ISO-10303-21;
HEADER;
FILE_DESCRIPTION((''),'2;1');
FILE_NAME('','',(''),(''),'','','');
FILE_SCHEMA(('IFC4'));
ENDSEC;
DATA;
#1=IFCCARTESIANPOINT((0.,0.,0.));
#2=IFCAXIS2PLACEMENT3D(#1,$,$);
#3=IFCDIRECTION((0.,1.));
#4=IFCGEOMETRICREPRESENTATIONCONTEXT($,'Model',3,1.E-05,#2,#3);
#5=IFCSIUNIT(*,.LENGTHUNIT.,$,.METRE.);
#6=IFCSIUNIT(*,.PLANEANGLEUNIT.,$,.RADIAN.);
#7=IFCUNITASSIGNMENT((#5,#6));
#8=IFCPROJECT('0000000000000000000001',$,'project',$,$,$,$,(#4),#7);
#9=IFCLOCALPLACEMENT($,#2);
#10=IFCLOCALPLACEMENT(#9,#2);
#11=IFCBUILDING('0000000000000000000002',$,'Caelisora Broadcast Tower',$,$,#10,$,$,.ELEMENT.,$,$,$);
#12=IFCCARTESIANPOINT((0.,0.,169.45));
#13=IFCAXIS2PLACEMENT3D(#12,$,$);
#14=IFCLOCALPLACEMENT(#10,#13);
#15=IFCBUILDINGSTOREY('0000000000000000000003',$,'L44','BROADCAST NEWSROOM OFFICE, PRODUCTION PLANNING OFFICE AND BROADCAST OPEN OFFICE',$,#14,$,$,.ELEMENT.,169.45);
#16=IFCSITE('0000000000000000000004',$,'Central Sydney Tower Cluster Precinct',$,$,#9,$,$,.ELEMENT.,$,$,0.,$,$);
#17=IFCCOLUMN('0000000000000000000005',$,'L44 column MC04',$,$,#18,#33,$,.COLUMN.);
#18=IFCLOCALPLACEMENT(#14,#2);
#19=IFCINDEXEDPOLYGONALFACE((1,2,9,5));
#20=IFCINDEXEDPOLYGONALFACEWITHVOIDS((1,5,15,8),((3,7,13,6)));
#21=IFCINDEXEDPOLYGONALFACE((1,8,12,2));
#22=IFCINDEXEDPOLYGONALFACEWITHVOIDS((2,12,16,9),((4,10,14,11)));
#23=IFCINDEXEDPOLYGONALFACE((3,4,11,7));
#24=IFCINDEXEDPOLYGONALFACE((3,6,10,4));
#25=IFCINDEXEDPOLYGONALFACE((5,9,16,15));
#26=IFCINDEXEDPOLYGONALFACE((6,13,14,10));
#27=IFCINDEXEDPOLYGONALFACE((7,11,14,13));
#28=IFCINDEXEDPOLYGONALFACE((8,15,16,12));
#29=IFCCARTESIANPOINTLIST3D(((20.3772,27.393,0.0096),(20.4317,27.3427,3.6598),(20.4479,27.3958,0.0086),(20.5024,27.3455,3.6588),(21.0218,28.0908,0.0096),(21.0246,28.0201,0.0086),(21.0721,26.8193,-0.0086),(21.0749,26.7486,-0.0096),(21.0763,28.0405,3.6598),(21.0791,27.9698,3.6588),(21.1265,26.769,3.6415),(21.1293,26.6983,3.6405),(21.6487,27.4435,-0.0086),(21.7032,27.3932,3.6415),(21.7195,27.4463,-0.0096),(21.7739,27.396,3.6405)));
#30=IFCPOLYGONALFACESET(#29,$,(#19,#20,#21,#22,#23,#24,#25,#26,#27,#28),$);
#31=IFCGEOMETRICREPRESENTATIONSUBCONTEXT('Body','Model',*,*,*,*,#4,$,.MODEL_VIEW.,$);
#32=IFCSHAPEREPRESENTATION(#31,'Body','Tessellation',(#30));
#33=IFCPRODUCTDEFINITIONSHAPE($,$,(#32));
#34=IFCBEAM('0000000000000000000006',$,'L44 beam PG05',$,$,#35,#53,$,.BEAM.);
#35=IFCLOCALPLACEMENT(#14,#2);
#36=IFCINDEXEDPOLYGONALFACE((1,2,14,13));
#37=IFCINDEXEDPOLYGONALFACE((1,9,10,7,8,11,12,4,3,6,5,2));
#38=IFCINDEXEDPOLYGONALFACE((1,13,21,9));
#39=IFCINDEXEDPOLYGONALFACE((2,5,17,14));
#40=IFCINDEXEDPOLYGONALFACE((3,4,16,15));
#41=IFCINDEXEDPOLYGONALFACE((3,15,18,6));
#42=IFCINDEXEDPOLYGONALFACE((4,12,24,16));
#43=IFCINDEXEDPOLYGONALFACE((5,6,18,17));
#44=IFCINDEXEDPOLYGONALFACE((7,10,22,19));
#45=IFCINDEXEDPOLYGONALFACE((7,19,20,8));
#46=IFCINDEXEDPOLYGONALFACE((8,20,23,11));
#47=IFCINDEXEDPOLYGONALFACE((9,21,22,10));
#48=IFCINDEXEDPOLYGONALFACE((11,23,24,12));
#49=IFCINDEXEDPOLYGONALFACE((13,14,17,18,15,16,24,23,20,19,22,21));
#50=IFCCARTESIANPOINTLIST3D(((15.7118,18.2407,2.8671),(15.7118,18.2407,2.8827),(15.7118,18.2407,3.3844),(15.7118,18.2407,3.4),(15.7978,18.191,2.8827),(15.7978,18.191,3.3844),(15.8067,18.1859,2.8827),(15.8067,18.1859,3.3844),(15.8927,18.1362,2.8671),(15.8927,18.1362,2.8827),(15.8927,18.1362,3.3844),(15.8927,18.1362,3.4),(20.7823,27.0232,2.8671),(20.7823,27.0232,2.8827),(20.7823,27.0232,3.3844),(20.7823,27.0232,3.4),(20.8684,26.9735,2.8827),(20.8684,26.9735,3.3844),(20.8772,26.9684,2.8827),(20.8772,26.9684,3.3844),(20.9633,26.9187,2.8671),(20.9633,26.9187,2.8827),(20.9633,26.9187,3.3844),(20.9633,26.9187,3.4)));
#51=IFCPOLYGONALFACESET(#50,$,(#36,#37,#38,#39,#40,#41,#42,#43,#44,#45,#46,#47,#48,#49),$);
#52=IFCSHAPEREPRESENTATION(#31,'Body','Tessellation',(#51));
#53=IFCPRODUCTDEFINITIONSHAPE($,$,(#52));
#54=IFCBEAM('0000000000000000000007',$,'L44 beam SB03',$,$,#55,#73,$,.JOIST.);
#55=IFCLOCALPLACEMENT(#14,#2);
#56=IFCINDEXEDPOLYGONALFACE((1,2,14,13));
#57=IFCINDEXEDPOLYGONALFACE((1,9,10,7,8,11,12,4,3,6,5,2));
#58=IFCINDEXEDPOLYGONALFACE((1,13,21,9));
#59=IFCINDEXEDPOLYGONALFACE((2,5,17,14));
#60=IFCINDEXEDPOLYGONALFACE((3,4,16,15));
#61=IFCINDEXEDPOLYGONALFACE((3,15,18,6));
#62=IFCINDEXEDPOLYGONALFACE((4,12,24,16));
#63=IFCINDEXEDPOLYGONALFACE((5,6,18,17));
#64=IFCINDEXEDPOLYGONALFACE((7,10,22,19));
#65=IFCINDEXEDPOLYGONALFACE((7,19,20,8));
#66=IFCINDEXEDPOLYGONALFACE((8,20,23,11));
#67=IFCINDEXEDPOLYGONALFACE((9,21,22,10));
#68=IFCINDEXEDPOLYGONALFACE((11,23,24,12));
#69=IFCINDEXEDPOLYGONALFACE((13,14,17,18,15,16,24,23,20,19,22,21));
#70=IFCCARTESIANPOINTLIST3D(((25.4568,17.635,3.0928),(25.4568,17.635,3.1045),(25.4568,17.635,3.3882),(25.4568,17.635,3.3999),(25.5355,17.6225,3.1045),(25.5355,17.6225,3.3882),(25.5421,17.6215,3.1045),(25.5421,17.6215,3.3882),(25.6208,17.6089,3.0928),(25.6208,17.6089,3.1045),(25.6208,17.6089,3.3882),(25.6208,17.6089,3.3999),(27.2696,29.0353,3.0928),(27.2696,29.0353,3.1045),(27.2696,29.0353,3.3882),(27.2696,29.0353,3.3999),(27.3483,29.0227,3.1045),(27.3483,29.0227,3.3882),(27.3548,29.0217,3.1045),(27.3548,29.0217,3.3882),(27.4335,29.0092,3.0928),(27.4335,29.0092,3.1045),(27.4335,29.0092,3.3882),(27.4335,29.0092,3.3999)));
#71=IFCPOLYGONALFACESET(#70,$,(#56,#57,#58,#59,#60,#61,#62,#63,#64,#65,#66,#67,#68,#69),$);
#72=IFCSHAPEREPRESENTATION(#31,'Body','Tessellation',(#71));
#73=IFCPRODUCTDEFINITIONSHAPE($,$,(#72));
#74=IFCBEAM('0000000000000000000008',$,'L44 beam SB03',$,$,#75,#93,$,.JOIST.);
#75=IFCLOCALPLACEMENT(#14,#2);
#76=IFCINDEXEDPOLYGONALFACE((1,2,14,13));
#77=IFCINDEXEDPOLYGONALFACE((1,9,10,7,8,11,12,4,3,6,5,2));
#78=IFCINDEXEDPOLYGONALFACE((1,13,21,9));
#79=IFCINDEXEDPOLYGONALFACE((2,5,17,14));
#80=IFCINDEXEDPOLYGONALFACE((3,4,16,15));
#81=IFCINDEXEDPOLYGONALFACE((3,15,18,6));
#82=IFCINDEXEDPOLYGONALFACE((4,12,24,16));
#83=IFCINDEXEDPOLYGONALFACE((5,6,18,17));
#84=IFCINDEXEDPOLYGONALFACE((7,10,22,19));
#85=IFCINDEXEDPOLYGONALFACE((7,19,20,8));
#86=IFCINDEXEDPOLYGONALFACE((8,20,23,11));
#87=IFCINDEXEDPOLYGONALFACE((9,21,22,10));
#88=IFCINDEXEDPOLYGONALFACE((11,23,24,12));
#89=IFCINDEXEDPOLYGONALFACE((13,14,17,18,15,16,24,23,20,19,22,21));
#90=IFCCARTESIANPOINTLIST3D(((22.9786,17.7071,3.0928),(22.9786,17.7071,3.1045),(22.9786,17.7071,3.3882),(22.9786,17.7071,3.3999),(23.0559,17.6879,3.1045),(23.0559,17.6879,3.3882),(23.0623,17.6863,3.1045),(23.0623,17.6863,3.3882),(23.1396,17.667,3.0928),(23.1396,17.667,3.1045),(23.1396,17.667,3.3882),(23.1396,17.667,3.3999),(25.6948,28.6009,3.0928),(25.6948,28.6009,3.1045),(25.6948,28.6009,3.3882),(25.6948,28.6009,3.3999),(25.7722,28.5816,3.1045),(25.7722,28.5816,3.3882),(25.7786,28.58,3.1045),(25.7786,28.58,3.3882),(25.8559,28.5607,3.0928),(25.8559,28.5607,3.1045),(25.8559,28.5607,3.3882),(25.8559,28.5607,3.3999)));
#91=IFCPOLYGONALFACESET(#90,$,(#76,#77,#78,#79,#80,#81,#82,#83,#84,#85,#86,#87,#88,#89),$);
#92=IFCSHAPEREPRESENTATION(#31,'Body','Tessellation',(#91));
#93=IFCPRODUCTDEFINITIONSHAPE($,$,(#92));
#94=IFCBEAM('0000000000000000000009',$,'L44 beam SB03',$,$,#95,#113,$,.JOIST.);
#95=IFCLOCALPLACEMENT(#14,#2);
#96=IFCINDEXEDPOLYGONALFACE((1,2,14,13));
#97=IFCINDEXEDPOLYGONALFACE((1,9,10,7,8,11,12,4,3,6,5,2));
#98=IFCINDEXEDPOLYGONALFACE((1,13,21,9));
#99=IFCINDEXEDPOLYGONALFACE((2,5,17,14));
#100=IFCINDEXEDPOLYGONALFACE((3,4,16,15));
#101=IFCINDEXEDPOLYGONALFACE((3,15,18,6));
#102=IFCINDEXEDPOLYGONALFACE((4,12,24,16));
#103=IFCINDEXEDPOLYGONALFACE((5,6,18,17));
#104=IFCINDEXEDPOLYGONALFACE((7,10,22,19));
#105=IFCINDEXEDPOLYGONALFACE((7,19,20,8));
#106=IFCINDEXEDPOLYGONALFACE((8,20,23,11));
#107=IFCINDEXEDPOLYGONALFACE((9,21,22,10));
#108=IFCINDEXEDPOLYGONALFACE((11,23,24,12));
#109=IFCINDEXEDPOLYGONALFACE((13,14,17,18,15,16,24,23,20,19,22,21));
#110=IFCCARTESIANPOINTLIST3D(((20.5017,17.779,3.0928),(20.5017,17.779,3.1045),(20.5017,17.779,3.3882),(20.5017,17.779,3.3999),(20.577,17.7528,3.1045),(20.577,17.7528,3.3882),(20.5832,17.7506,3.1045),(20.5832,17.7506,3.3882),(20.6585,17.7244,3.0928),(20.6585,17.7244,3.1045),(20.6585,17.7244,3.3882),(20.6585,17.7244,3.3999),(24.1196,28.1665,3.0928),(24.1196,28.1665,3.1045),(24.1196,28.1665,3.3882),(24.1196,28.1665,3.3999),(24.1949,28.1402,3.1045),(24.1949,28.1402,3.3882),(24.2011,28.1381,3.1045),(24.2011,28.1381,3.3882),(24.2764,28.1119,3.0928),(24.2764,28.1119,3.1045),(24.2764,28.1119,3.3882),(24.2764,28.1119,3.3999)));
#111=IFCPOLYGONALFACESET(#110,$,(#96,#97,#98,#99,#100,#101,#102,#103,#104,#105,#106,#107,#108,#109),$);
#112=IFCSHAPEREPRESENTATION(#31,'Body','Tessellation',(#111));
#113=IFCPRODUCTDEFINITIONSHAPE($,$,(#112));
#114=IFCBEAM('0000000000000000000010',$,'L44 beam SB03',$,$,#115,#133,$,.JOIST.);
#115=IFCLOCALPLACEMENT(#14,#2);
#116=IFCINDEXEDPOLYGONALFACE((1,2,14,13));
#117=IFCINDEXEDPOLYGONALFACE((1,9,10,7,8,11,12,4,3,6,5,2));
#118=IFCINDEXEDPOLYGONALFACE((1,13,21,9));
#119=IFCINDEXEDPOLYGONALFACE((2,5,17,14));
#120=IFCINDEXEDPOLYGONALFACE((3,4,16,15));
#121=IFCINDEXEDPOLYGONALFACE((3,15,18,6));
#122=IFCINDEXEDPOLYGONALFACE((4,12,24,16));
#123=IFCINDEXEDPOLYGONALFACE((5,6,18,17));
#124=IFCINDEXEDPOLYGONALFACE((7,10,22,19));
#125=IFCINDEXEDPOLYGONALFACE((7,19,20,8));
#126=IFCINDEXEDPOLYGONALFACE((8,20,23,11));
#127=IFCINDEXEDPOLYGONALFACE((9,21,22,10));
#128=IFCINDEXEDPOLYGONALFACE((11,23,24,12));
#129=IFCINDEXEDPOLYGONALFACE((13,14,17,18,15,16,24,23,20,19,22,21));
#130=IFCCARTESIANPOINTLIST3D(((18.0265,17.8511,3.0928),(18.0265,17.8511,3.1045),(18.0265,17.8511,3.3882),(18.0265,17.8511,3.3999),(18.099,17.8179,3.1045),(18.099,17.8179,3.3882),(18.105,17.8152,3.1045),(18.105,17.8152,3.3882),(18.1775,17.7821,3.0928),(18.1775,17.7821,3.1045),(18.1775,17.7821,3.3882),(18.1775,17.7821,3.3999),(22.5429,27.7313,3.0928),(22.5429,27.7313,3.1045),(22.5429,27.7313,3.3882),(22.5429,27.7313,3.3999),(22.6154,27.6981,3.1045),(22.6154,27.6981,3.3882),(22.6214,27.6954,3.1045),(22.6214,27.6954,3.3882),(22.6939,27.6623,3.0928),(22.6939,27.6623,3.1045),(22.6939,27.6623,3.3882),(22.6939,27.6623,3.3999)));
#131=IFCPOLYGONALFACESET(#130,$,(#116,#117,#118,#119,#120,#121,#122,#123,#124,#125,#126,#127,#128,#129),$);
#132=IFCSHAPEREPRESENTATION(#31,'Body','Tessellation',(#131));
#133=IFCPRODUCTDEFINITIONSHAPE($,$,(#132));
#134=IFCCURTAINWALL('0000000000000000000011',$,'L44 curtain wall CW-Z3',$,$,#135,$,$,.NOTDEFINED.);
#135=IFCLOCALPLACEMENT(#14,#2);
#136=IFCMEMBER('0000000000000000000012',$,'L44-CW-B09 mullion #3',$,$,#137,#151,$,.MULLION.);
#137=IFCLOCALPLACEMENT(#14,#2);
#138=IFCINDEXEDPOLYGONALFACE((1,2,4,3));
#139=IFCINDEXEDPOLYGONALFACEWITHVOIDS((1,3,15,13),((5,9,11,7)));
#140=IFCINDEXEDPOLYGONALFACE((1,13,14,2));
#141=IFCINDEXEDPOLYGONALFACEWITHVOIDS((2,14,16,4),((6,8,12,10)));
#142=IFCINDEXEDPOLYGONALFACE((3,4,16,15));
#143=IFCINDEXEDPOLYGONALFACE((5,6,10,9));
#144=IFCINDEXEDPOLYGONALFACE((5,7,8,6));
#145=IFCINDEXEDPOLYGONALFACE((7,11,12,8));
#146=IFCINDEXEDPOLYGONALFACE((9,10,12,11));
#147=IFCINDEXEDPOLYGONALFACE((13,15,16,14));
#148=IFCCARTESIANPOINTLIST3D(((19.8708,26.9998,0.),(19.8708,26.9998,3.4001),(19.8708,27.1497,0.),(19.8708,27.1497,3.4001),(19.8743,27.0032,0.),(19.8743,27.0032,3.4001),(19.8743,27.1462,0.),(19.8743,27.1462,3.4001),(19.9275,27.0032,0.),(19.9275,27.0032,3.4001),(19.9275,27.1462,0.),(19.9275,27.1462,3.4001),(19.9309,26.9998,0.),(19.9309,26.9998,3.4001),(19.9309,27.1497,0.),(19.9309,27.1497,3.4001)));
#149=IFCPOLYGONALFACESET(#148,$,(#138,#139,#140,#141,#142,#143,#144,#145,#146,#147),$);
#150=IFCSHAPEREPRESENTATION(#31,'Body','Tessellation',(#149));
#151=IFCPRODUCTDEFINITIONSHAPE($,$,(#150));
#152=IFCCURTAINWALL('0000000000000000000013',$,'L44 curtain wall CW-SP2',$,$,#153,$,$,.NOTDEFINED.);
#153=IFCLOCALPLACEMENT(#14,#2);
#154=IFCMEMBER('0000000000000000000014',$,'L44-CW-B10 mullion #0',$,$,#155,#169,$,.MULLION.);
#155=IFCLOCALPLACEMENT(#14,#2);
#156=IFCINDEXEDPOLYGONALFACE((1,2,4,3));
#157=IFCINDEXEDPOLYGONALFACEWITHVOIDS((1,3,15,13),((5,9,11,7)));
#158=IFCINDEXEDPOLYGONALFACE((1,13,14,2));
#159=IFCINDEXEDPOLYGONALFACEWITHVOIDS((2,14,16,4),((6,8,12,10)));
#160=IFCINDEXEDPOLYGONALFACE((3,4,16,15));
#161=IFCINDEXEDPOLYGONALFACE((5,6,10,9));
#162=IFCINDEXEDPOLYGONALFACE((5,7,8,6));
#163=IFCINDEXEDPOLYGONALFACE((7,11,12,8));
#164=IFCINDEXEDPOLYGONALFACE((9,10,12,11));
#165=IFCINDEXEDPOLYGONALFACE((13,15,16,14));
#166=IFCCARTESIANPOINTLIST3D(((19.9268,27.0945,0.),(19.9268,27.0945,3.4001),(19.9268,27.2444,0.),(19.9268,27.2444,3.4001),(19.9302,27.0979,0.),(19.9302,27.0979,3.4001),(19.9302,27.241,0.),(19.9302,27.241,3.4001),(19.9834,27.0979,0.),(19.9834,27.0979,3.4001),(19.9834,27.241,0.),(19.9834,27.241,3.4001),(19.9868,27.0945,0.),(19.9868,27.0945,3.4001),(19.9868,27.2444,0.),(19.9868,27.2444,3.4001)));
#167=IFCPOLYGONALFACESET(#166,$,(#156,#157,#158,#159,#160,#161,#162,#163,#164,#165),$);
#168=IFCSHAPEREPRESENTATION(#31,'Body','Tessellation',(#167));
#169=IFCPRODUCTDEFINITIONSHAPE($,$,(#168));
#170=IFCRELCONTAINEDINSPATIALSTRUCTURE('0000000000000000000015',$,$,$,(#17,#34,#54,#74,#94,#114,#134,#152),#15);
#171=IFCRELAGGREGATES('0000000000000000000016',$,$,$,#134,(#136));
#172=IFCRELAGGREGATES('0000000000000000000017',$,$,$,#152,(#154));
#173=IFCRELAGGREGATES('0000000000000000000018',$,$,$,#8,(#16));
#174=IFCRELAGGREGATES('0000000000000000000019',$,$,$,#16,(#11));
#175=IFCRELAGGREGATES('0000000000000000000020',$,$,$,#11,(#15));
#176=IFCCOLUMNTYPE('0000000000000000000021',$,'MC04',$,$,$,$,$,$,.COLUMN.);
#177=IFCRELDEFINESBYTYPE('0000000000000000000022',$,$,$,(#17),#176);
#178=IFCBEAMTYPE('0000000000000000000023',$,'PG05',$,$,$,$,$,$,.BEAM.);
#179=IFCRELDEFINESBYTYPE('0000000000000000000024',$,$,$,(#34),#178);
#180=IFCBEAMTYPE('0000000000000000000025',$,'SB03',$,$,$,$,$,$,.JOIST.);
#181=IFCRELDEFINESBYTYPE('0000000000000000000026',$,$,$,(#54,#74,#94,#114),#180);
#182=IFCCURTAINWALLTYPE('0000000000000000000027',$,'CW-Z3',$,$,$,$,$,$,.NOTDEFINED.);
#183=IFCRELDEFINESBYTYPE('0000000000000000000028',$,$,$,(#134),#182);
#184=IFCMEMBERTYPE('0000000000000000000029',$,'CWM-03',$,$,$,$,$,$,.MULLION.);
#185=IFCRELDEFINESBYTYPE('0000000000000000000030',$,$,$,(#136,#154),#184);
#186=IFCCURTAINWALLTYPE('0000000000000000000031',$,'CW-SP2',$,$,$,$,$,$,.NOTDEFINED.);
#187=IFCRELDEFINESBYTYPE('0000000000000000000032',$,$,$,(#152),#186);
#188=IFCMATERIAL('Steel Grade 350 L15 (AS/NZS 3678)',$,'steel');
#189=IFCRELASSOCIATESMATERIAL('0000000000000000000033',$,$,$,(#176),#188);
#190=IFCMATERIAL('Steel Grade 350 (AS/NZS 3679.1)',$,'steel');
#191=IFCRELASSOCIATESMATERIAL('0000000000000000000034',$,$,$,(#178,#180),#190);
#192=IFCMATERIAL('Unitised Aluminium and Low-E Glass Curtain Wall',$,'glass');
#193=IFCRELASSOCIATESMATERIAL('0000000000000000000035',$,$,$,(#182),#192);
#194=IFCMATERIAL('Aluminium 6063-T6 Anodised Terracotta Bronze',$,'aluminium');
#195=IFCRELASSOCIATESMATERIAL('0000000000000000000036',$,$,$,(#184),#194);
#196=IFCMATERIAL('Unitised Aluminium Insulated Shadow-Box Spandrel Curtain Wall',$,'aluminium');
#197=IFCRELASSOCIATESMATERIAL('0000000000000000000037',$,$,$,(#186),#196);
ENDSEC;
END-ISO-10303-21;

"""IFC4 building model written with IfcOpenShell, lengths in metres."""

from ifc_helpers import new_model, si_unit, direction, frame, origin, origin_2d, place, context, subcontext, project, spatial, hollow_rectangle, i_section, extrude, source, transform, mapped, material, material_profile, profile_set, type_object, type_shapes, element, aggregate, save


model = new_model("IFC4")

# Units and contexts
model_context = context("Model", 3, precision=1e-05, world=origin(), true_north=direction((0.0, 1.0)))
body_context = subcontext(model_context, "Body", "Model", "MODEL_VIEW")
ifc_project = project(units=[si_unit("LENGTHUNIT", "METRE"), si_unit("PLANEANGLEUNIT", "RADIAN")], contexts=[model_context])

# Site, building, storey
site_placement = place(None, origin())
site = spatial("IfcSite", under=ifc_project, at=site_placement, Name="Central Sydney Tower Cluster Precinct", CompositionType="ELEMENT", RefElevation=0.0)
building_placement = place(site_placement, origin())
building = spatial("IfcBuilding", under=site, at=building_placement, Name="Caelisora Broadcast Tower", CompositionType="ELEMENT")
storey_placement = place(building_placement, frame((0.0, 0.0, 169.45)))
storey = spatial("IfcBuildingStorey", under=building, at=storey_placement, Name="L44", Description="BROADCAST NEWSROOM OFFICE, PRODUCTION PLANNING OFFICE AND BROADCAST OPEN OFFICE", CompositionType="ELEMENT", Elevation=169.45)

# Column
ifc_material_1 = material(Name="Steel Grade 350 L15 (AS/NZS 3678)", Category="steel")
ifc_material_profile_1 = material_profile(ifc_material_1, hollow_rectangle(XDim=0.95, YDim=0.95, WallThickness=0.05, at=origin_2d()), Name="Steel Grade 350 L15 (AS/NZS 3678)")
ifc_profile_set_1 = profile_set([ifc_material_profile_1], Name="Steel Grade 350 L15 (AS/NZS 3678)")
column_type = type_object("IfcColumnType", Name="MC04", PredefinedType="COLUMN", material=ifc_profile_set_1)
shared_shape_1 = source(origin(), body_context, "Body", "SweptSolid", [
    extrude(hollow_rectangle(XDim=0.95, YDim=0.95, WallThickness=0.05, at=origin_2d()), origin(), (0.0, 0.0, 1.0), 3.6509),
])
type_shapes(column_type, [shared_shape_1])
column_placement = place(storey_placement, frame((21.0483, 27.4197, 0.0), z_axis=(0.014912, -0.013776, 0.999794), x_axis=(0.678554, 0.734551, 0.0)))
element("IfcColumn", 1, at=column_placement, inside=storey, type_object=column_type, Name="L44 column MC04", PredefinedType="COLUMN", context=body_context, shape_type="MappedRepresentation", body=[
    mapped(shared_shape_1, transform((0.0, 0.0, 0.0), scale=1.0)),
])

# Beams
ifc_material_2 = material(Name="Steel Grade 350 (AS/NZS 3679.1)", Category="steel")
ifc_material_profile_2 = material_profile(ifc_material_2, i_section(OverallWidth=0.209, OverallDepth=0.533, WebThickness=0.0103, FlangeThickness=0.0156, at=origin_2d()), Name="Steel Grade 350 (AS/NZS 3679.1)")
ifc_profile_set_2 = profile_set([ifc_material_profile_2], Name="Steel Grade 350 (AS/NZS 3679.1)")
beam_type_1 = type_object("IfcBeamType", Name="PG05", PredefinedType="BEAM", material=ifc_profile_set_2)
shared_shape_2 = source(origin(), body_context, "Body", "SweptSolid", [
    extrude(i_section(OverallWidth=0.209, OverallDepth=0.533, WebThickness=0.0103, FlangeThickness=0.0156, at=origin_2d()), origin(), (0.0, 0.0, 1.0), 10.1411),
])
type_shapes(beam_type_1, [shared_shape_2])
beam_1_placement = place(storey_placement, frame((20.8728, 26.9709, 3.1335), z_axis=(-0.5, -0.866026, 0.0), x_axis=(0.866026, -0.5, 0.0)))
element("IfcBeam", 2, at=beam_1_placement, inside=storey, type_object=beam_type_1, Name="L44 beam PG05", PredefinedType="BEAM", context=body_context, shape_type="MappedRepresentation", body=[
    mapped(shared_shape_2, transform((0.0, 0.0, 0.0), scale=1.0)),
])
ifc_material_profile_3 = material_profile(ifc_material_2, i_section(OverallWidth=0.166, OverallDepth=0.3071, WebThickness=0.0066, FlangeThickness=0.0117, at=origin_2d()), Name="Steel Grade 350 (AS/NZS 3679.1)")
ifc_profile_set_3 = profile_set([ifc_material_profile_3], Name="Steel Grade 350 (AS/NZS 3679.1)")
beam_type_2 = type_object("IfcBeamType", Name="SB03", PredefinedType="JOIST", material=ifc_profile_set_3)
shared_shape_3 = source(origin(), body_context, "Body", "SweptSolid", [
    extrude(i_section(OverallWidth=0.166, OverallDepth=0.3071, WebThickness=0.0066, FlangeThickness=0.0117, at=origin_2d()), origin(), (0.0, 0.0, 1.0), 11.5435),
])
beam_2_placement = place(storey_placement, frame((27.3516, 29.0222, 3.2463), z_axis=(-0.157038, -0.987593, 0.0), x_axis=(0.987593, -0.157038, 0.0)))
element("IfcBeam", 3, at=beam_2_placement, inside=storey, type_object=beam_type_2, Name="L44 beam SB03", PredefinedType="JOIST", context=body_context, shape_type="MappedRepresentation", body=[
    mapped(shared_shape_3, transform((0.0, 0.0, 0.0), scale=1.0)),
])
shared_shape_4 = source(origin(), body_context, "Body", "SweptSolid", [
    extrude(i_section(OverallWidth=0.166, OverallDepth=0.3071, WebThickness=0.0066, FlangeThickness=0.0117, at=origin_2d()), origin(), (0.0, 0.0, 1.0), 11.2273),
])
beam_3_placement = place(storey_placement, frame((25.7754, 28.5808, 3.2463), z_axis=(-0.241937, -0.970292, 0.0), x_axis=(0.970292, -0.241937, 0.0)))
element("IfcBeam", 4, at=beam_3_placement, inside=storey, type_object=beam_type_2, Name="L44 beam SB03", PredefinedType="JOIST", context=body_context, shape_type="MappedRepresentation", body=[
    mapped(shared_shape_4, transform((0.0, 0.0, 0.0), scale=1.0)),
])
shared_shape_5 = source(origin(), body_context, "Body", "SweptSolid", [
    extrude(i_section(OverallWidth=0.166, OverallDepth=0.3071, WebThickness=0.0066, FlangeThickness=0.0117, at=origin_2d()), origin(), (0.0, 0.0, 1.0), 10.9995),
])
beam_4_placement = place(storey_placement, frame((24.198, 28.1392, 3.2463), z_axis=(-0.328917, -0.944359, 0.0), x_axis=(0.944359, -0.328917, 0.0)))
element("IfcBeam", 5, at=beam_4_placement, inside=storey, type_object=beam_type_2, Name="L44 beam SB03", PredefinedType="JOIST", context=body_context, shape_type="MappedRepresentation", body=[
    mapped(shared_shape_5, transform((0.0, 0.0, 0.0), scale=1.0)),
])
shared_shape_6 = source(origin(), body_context, "Body", "SweptSolid", [
    extrude(i_section(OverallWidth=0.166, OverallDepth=0.3071, WebThickness=0.0066, FlangeThickness=0.0117, at=origin_2d()), origin(), (0.0, 0.0, 1.0), 10.8635),
])
type_shapes(beam_type_2, [shared_shape_3, shared_shape_4, shared_shape_5, shared_shape_6])
beam_5_placement = place(storey_placement, frame((22.6184, 27.6968, 3.2463), z_axis=(-0.415739, -0.909484, 0.0), x_axis=(0.909484, -0.415739, 0.0)))
element("IfcBeam", 6, at=beam_5_placement, inside=storey, type_object=beam_type_2, Name="L44 beam SB03", PredefinedType="JOIST", context=body_context, shape_type="MappedRepresentation", body=[
    mapped(shared_shape_6, transform((0.0, 0.0, 0.0), scale=1.0)),
])

# Curtain wall, member
ifc_material_3 = material(Name="Unitised Aluminium and Low-E Glass Curtain Wall", Category="glass")
curtain_wall_type_1 = type_object("IfcCurtainWallType", Name="CW-Z3", PredefinedType="NOTDEFINED", material=ifc_material_3)
curtain_wall_1_placement = place(storey_placement, origin())
curtain_wall_1 = element("IfcCurtainWall", 7, at=curtain_wall_1_placement, inside=storey, type_object=curtain_wall_type_1, Name="L44 curtain wall CW-Z3", PredefinedType="NOTDEFINED")
ifc_material_4 = material(Name="Aluminium 6063-T6 Anodised Terracotta Bronze", Category="aluminium")
ifc_material_profile_4 = material_profile(ifc_material_4, hollow_rectangle(XDim=0.0601, YDim=0.1499, WallThickness=0.0034, at=origin_2d()), Name="Aluminium 6063-T6 Anodised Terracotta Bronze")
ifc_profile_set_4 = profile_set([ifc_material_profile_4], Name="Aluminium 6063-T6 Anodised Terracotta Bronze")
member_type_1 = type_object("IfcMemberType", Name="CWM-03", PredefinedType="MULLION", material=ifc_profile_set_4)
shared_shape_7 = source(origin(), body_context, "Body", "SweptSolid", [
    extrude(hollow_rectangle(XDim=0.0601, YDim=0.1499, WallThickness=0.0034, at=origin_2d()), origin(), (0.0, 0.0, 1.0), 3.4001),
])
type_shapes(member_type_1, [shared_shape_7])
member_1_placement = place(storey_placement, frame((19.9009, 27.0747, 0.0), z_axis=(0.0, 0.0, 1.0), x_axis=(1.0, 0.0, 0.0)))
member_1 = element("IfcMember", 8, at=member_1_placement, type_object=member_type_1, Name="L44-CW-B09 mullion #3", PredefinedType="MULLION", context=body_context, shape_type="MappedRepresentation", body=[
    mapped(shared_shape_7, transform((0.0, 0.0, 0.0), scale=1.0)),
])

# Curtain wall, member
ifc_material_5 = material(Name="Unitised Aluminium Insulated Shadow-Box Spandrel Curtain Wall", Category="aluminium")
curtain_wall_type_2 = type_object("IfcCurtainWallType", Name="CW-SP2", PredefinedType="NOTDEFINED", material=ifc_material_5)
curtain_wall_2_placement = place(storey_placement, origin())
curtain_wall_2 = element("IfcCurtainWall", 9, at=curtain_wall_2_placement, inside=storey, type_object=curtain_wall_type_2, Name="L44 curtain wall CW-SP2", PredefinedType="NOTDEFINED")
member_2_placement = place(storey_placement, frame((19.9568, 27.1694, 0.0), z_axis=(0.0, 0.0, 1.0), x_axis=(1.0, 0.0, 0.0)))
member_2 = element("IfcMember", 10, at=member_2_placement, type_object=member_type_1, Name="L44-CW-B10 mullion #0", PredefinedType="MULLION", context=body_context, shape_type="MappedRepresentation", body=[
    mapped(shared_shape_7, transform((0.0, 0.0, 0.0), scale=1.0)),
])

aggregate(curtain_wall_1, [member_1])
aggregate(curtain_wall_2, [member_2])

save(model, "model.ifc")
